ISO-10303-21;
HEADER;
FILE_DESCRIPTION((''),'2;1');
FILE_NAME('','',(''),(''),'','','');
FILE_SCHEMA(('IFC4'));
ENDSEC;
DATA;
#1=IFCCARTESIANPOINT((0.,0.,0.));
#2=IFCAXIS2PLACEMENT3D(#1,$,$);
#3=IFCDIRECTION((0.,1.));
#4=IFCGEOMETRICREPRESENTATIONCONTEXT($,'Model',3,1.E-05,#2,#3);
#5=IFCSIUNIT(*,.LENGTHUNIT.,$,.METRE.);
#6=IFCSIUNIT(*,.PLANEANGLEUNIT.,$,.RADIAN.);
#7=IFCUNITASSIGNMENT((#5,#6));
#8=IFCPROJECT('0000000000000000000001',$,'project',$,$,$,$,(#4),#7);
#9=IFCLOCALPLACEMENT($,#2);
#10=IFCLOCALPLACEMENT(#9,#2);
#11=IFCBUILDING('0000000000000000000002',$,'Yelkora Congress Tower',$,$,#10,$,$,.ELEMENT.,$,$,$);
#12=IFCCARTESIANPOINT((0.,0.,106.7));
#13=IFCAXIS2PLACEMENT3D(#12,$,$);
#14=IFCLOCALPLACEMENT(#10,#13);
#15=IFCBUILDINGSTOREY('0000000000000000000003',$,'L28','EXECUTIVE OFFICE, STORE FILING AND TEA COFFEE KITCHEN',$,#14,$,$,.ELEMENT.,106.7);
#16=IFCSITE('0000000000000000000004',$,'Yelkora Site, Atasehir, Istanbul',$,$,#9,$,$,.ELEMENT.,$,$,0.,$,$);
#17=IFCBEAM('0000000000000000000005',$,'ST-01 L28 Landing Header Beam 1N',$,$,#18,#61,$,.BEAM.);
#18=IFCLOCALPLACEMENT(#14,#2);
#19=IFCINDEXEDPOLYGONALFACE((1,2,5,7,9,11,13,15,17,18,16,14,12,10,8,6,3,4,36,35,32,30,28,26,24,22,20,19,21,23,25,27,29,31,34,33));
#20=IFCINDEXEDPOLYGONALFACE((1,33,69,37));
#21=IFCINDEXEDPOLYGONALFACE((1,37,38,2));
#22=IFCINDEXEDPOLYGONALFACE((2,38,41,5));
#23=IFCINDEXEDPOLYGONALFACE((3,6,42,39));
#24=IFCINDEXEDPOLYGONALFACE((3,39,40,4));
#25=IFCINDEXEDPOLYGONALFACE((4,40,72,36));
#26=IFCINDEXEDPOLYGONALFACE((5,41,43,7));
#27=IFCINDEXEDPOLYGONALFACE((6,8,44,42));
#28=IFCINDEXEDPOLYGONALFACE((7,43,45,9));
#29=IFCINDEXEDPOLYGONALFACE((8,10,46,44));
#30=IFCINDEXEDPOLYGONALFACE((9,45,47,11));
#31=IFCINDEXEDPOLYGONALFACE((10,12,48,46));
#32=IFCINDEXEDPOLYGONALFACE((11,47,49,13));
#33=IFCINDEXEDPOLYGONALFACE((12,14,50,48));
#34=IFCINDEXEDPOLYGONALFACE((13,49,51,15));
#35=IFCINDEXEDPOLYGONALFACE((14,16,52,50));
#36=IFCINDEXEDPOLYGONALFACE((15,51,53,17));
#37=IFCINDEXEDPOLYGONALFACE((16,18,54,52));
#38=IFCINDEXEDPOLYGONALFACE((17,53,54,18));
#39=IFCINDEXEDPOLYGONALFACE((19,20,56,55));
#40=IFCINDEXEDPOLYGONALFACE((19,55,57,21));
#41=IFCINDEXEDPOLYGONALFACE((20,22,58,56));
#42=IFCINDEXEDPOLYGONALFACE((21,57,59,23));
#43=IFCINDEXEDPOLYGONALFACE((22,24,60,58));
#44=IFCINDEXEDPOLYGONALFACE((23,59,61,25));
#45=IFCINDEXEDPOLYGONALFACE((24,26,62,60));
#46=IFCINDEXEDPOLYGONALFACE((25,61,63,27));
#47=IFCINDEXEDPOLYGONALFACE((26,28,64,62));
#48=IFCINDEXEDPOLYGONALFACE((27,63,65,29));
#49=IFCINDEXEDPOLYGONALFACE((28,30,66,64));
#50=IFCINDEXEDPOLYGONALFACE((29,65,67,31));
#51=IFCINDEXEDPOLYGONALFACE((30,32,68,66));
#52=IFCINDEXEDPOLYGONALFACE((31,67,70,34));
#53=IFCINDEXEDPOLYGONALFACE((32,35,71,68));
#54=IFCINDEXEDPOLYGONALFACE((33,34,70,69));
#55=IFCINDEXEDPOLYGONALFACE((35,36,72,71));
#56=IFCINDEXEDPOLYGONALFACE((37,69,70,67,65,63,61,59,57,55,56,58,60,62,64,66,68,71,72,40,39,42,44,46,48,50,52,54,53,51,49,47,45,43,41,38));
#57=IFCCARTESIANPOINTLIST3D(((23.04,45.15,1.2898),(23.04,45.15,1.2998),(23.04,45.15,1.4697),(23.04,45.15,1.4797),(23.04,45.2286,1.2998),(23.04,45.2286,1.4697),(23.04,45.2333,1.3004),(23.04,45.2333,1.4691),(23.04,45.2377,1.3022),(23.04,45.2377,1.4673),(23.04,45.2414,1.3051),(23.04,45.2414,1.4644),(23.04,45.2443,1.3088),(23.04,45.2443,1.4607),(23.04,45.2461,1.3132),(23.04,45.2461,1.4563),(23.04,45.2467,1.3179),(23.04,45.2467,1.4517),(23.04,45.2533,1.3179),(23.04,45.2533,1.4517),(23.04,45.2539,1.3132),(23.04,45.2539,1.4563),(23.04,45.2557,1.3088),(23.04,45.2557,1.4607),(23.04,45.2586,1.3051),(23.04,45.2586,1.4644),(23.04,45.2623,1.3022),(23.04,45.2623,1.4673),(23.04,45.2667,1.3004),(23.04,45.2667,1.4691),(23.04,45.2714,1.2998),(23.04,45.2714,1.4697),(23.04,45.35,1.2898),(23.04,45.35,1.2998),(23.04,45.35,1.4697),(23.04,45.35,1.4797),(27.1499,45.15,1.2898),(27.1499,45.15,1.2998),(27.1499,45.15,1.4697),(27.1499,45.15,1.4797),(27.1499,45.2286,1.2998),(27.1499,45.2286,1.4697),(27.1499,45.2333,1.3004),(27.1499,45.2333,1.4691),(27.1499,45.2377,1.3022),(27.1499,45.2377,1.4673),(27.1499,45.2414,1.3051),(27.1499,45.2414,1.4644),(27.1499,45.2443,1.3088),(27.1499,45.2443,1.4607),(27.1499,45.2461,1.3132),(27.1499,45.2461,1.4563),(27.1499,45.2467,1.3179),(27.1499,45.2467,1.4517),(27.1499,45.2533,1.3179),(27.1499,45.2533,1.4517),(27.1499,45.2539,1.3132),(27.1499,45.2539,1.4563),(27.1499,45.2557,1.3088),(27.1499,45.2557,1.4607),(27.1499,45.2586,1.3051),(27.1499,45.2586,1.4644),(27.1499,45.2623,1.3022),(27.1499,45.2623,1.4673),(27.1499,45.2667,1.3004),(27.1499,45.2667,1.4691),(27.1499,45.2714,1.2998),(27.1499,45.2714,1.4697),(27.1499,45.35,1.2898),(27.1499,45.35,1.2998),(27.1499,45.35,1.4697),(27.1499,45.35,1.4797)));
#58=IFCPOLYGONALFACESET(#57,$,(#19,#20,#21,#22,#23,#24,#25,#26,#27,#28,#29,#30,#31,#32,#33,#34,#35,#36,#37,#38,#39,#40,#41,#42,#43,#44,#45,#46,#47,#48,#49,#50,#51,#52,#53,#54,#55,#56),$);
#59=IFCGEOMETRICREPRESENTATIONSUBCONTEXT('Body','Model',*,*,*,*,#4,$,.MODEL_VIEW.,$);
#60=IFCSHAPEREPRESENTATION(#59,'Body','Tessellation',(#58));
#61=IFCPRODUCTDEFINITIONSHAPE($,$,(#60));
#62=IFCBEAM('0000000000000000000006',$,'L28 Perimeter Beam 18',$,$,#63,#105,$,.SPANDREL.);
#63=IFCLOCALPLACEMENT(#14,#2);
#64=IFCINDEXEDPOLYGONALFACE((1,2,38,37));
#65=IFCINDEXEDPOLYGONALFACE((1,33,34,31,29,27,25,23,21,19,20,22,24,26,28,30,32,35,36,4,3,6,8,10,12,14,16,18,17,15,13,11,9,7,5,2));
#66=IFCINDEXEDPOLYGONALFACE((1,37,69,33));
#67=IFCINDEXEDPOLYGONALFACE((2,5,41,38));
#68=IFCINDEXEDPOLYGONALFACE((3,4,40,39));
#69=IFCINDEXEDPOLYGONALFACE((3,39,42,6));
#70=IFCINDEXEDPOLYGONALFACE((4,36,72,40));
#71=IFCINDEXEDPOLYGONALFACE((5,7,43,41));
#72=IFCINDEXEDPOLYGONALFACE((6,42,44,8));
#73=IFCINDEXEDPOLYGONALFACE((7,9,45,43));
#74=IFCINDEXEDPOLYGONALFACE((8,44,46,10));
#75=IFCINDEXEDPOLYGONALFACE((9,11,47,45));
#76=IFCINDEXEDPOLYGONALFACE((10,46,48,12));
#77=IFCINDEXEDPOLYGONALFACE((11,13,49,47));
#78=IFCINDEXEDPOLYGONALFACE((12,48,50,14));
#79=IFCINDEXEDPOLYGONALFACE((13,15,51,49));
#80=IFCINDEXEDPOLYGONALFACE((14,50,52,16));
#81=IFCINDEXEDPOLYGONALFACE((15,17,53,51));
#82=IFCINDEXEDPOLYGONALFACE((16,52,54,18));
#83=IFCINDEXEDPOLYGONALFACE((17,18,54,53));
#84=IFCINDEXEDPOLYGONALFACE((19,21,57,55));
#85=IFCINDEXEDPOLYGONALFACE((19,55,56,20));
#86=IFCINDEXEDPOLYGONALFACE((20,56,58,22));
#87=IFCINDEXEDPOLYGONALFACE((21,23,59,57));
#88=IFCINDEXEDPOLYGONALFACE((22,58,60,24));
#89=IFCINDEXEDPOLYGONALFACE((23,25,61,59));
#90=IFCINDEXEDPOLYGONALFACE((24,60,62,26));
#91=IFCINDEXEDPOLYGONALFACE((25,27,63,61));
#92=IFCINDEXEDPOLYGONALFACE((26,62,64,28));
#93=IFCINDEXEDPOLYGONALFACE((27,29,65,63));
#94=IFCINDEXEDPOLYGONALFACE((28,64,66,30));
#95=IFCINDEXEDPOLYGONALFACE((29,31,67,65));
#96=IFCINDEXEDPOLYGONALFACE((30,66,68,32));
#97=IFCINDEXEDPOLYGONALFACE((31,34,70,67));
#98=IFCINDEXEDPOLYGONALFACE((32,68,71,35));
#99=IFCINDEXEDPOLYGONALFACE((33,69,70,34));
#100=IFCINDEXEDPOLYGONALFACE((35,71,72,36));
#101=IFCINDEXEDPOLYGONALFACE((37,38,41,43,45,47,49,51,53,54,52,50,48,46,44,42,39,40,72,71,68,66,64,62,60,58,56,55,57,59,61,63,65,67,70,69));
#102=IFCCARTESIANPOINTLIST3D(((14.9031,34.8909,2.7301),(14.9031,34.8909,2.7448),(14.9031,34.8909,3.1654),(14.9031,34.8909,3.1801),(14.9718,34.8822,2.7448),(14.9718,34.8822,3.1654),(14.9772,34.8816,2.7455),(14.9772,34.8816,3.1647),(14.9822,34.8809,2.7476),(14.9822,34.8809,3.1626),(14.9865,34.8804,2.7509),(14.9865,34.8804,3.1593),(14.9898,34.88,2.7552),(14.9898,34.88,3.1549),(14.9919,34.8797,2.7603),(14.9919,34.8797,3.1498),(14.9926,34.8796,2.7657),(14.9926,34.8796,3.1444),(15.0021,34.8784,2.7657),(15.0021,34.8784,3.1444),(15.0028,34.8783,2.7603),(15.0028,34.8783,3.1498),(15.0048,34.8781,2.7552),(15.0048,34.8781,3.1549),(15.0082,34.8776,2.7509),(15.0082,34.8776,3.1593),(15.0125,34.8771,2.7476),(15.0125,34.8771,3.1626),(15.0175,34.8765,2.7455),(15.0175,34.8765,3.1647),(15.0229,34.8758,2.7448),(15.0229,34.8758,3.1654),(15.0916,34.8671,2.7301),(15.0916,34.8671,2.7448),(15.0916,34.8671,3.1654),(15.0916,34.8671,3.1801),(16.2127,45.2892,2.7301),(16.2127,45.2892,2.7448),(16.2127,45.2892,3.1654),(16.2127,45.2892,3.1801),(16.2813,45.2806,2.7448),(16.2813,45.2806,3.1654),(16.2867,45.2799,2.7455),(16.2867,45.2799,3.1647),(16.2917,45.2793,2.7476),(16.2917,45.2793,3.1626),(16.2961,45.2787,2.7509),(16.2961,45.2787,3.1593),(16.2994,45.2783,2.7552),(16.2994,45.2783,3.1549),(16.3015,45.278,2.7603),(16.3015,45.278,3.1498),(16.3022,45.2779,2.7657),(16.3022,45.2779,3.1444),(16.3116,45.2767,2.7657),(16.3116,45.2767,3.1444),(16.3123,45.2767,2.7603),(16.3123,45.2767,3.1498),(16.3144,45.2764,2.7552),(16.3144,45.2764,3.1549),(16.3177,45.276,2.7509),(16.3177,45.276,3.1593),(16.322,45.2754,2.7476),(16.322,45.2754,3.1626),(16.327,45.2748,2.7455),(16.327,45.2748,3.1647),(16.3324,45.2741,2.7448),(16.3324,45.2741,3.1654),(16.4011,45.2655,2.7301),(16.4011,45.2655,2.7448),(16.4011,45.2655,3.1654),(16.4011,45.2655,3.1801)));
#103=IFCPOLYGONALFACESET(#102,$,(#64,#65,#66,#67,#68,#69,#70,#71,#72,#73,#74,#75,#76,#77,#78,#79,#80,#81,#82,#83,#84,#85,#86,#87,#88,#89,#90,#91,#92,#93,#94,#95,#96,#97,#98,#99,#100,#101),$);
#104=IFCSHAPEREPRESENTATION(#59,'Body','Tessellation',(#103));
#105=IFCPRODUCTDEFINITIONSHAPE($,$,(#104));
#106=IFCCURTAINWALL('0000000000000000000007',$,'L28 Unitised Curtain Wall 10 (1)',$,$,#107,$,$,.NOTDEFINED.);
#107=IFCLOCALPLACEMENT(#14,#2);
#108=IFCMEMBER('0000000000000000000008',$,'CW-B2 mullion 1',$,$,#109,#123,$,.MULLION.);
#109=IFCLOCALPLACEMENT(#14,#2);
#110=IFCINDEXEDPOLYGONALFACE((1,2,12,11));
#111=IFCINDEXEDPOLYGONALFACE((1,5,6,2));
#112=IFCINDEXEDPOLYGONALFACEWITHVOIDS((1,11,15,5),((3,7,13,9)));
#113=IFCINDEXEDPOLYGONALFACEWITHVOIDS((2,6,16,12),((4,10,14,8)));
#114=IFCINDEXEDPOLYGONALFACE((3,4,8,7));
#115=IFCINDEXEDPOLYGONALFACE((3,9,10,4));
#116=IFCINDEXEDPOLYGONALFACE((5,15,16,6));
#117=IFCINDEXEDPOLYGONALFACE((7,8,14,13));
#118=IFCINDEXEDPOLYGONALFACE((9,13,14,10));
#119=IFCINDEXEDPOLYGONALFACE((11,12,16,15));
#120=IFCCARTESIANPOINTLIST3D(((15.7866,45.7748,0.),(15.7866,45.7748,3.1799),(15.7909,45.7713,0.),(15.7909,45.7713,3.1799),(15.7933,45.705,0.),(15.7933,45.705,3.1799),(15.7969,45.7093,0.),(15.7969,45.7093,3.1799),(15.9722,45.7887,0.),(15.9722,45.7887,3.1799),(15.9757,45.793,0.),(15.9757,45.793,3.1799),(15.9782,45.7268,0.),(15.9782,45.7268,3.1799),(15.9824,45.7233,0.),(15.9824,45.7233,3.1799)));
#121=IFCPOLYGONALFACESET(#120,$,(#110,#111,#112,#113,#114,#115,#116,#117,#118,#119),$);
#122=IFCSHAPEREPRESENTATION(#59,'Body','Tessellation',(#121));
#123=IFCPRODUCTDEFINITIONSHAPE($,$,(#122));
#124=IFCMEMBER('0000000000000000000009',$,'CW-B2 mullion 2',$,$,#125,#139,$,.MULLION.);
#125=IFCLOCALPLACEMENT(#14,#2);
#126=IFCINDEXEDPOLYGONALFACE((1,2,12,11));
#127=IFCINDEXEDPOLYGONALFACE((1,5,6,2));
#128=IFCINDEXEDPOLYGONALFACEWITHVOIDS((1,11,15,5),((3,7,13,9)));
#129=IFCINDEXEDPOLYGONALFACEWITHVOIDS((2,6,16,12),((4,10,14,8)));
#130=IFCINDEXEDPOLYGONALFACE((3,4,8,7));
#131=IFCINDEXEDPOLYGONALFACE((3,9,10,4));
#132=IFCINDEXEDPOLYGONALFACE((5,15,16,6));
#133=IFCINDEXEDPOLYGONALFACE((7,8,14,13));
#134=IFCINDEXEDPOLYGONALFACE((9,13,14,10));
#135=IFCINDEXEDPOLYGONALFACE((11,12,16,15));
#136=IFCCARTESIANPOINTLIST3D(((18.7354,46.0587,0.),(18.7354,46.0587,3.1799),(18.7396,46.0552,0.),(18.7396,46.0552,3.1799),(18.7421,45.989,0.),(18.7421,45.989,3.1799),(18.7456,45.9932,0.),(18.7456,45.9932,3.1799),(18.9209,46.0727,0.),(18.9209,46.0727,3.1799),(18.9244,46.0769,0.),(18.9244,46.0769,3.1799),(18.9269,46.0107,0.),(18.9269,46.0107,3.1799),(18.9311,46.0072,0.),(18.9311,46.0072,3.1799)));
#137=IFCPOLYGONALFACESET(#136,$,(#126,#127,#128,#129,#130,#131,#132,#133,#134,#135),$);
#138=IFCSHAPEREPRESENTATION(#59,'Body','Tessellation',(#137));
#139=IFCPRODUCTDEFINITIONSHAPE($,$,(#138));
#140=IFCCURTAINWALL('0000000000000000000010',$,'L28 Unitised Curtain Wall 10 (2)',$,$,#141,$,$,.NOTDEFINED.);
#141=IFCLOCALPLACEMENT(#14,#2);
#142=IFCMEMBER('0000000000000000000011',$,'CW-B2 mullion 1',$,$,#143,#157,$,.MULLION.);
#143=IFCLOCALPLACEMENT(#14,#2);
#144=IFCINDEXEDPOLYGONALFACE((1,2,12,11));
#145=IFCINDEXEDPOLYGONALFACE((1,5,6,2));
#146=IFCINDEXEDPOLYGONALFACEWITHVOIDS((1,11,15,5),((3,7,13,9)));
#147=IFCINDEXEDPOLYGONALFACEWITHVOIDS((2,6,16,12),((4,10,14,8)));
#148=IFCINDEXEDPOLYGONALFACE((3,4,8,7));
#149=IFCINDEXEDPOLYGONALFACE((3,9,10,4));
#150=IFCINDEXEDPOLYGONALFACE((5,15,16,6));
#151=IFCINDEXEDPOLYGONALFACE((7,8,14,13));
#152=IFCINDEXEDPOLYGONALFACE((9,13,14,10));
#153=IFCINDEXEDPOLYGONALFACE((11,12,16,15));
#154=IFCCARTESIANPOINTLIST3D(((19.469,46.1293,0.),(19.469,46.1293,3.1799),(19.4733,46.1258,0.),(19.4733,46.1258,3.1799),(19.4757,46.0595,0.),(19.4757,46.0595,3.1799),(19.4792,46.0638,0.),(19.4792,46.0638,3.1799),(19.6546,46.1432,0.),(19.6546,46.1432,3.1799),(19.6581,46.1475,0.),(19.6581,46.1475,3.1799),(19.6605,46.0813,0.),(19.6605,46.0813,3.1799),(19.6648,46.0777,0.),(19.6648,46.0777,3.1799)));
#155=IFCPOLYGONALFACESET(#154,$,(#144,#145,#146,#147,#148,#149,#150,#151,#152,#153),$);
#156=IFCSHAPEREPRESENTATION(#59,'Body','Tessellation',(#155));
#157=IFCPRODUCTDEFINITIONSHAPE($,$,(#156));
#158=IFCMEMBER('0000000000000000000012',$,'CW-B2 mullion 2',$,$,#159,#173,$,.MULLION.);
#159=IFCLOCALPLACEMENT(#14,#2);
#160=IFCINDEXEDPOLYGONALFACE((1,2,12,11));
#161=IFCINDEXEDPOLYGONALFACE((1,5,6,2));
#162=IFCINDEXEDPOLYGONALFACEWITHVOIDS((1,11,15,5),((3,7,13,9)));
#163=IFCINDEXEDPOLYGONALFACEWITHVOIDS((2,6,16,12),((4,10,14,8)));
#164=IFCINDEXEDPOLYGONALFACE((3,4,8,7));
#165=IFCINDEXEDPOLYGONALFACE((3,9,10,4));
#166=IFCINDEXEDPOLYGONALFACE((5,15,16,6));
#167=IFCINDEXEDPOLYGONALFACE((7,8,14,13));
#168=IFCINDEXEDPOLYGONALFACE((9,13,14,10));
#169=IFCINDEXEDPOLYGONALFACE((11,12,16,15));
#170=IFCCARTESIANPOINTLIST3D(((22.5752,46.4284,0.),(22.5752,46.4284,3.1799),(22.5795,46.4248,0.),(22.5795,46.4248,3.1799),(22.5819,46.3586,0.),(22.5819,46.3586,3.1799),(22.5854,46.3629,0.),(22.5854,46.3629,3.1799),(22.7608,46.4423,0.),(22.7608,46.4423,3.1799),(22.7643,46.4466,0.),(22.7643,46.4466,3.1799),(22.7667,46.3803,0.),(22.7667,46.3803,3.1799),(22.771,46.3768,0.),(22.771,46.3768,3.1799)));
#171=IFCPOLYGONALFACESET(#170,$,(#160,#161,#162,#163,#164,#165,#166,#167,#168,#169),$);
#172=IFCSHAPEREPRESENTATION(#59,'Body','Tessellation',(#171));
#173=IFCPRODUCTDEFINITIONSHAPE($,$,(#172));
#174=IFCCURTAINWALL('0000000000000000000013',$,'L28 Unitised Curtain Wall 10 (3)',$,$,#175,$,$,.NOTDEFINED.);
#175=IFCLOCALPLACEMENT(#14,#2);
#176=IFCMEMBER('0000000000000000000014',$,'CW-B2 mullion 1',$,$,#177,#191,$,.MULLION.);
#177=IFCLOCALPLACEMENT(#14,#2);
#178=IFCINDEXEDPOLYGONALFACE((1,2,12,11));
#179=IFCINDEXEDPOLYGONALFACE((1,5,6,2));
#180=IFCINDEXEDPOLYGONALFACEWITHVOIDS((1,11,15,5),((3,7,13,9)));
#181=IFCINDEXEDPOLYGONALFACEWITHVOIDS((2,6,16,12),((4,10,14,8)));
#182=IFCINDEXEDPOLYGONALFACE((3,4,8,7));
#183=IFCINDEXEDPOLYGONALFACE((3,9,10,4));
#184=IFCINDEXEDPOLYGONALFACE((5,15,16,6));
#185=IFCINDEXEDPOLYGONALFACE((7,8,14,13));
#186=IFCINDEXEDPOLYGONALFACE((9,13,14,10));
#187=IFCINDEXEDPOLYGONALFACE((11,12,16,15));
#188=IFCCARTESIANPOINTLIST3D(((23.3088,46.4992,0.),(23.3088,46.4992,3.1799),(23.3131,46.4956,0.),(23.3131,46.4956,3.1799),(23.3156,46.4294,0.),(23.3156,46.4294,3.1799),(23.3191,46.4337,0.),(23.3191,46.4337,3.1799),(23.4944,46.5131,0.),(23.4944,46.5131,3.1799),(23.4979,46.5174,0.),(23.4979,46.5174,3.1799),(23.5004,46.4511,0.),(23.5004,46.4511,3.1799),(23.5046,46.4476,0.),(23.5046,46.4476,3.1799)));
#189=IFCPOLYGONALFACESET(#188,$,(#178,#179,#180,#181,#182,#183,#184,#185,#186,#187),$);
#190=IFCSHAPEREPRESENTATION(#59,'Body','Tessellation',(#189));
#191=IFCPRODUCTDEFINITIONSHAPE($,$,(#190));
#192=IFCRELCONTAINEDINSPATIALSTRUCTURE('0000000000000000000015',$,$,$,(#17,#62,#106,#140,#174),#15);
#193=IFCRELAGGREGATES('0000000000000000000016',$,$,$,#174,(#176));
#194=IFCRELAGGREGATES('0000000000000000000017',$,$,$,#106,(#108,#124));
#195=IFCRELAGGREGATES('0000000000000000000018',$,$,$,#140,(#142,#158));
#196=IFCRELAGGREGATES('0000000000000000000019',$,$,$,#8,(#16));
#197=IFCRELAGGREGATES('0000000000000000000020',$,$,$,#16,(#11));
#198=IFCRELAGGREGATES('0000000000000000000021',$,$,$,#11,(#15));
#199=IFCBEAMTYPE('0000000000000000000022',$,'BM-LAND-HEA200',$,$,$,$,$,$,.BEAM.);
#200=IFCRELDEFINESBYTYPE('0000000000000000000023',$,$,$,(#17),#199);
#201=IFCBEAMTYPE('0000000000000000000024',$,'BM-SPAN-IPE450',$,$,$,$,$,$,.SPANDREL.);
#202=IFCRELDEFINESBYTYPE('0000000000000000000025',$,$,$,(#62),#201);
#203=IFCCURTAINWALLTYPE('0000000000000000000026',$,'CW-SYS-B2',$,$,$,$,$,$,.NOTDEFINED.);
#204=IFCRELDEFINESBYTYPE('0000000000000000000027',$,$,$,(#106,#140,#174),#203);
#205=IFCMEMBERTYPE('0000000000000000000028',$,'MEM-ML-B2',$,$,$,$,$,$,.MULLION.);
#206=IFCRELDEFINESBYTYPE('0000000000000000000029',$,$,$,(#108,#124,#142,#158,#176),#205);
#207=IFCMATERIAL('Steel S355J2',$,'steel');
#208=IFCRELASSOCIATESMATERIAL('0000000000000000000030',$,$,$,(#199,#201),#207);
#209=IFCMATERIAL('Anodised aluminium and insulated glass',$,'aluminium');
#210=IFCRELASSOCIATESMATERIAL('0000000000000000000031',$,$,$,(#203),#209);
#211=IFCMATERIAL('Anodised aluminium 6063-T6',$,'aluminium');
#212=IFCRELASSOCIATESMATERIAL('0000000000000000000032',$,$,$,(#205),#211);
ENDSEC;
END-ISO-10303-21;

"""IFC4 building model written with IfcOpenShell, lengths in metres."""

from ifc_helpers import new_model, si_unit, direction, frame, origin, origin_2d, place, context, subcontext, project, spatial, hollow_rectangle, i_section, extrude, material, material_profile, profile_set, type_object, element, aggregate, save


model = new_model("IFC4")

# Units and contexts
model_context = context("Model", 3, precision=1e-05, world=origin(), true_north=direction((0.0, 1.0)))
body_context = subcontext(model_context, "Body", "Model", "MODEL_VIEW")
ifc_project = project(units=[si_unit("LENGTHUNIT", "METRE"), si_unit("PLANEANGLEUNIT", "RADIAN")], contexts=[model_context])

# Site, building, storey
site_placement = place(None, origin())
site = spatial("IfcSite", under=ifc_project, at=site_placement, Name="Yelkora Site, Atasehir, Istanbul", CompositionType="ELEMENT", RefElevation=0.0)
building_placement = place(site_placement, origin())
building = spatial("IfcBuilding", under=site, at=building_placement, Name="Yelkora Congress Tower", CompositionType="ELEMENT")
storey_placement = place(building_placement, frame((0.0, 0.0, 106.7)))
storey = spatial("IfcBuildingStorey", under=building, at=storey_placement, Name="L28", Description="EXECUTIVE OFFICE, STORE FILING AND TEA COFFEE KITCHEN", CompositionType="ELEMENT", Elevation=106.7)

# Beams
ifc_material_1 = material(Name="Steel S355J2", Category="steel")
ifc_material_profile_1 = material_profile(ifc_material_1, i_section(OverallWidth=0.2, OverallDepth=0.1899, WebThickness=0.0066, FlangeThickness=0.01, FilletRadius=0.0181, at=origin_2d()), Name="HEA 200")
ifc_profile_set_1 = profile_set([ifc_material_profile_1], Name="Steel S355J2")
beam_type_1 = type_object("IfcBeamType", Name="BM-LAND-HEA200", PredefinedType="BEAM", material=ifc_profile_set_1)
beam_1_placement = place(storey_placement, frame((23.04, 45.25, 1.3848), z_axis=(1.0, 0.0, 0.0), x_axis=(0.0, 1.0, 0.0)))
element("IfcBeam", 1, at=beam_1_placement, inside=storey, type_object=beam_type_1, Name="ST-01 L28 Landing Header Beam 1N", PredefinedType="BEAM", context=body_context, shape_type="SweptSolid", body=[
    extrude(i_section(OverallWidth=0.2, OverallDepth=0.1899, WebThickness=0.0066, FlangeThickness=0.01, FilletRadius=0.0181, at=origin_2d()), origin(), (0.0, 0.0, 1.0), 4.1099),
])
ifc_material_profile_2 = material_profile(ifc_material_1, i_section(OverallWidth=0.1899, OverallDepth=0.45, WebThickness=0.0095, FlangeThickness=0.0146, FilletRadius=0.021, at=origin_2d()), Name="IPE 450")
ifc_profile_set_2 = profile_set([ifc_material_profile_2], Name="Steel S355J2")
beam_type_2 = type_object("IfcBeamType", Name="BM-SPAN-IPE450", PredefinedType="SPANDREL", material=ifc_profile_set_2)
beam_2_placement = place(storey_placement, frame((16.3069, 45.2773, 2.9551), z_axis=(-0.124952, -0.992163, 0.0), x_axis=(0.992163, -0.124952, 0.0)))
element("IfcBeam", 2, at=beam_2_placement, inside=storey, type_object=beam_type_2, Name="L28 Perimeter Beam 18", PredefinedType="SPANDREL", context=body_context, shape_type="SweptSolid", body=[
    extrude(i_section(OverallWidth=0.1899, OverallDepth=0.45, WebThickness=0.0095, FlangeThickness=0.0146, FilletRadius=0.021, at=origin_2d()), origin(), (0.0, 0.0, 1.0), 10.4805),
])

# Curtain walls, members
ifc_material_2 = material(Name="Anodised aluminium and insulated glass", Category="aluminium")
curtain_wall_type = type_object("IfcCurtainWallType", Name="CW-SYS-B2", PredefinedType="NOTDEFINED", material=ifc_material_2)
curtain_wall_1_placement = place(storey_placement, origin())
curtain_wall_1 = element("IfcCurtainWall", 3, at=curtain_wall_1_placement, inside=storey, type_object=curtain_wall_type, Name="L28 Unitised Curtain Wall 10 (1)", PredefinedType="NOTDEFINED")
ifc_material_3 = material(Name="Anodised aluminium 6063-T6", Category="aluminium")
ifc_material_profile_3 = material_profile(ifc_material_3, hollow_rectangle(XDim=0.0701, YDim=0.1899, WallThickness=0.0039, at=origin_2d()), Name="ALU 70x190x4")
ifc_profile_set_3 = profile_set([ifc_material_profile_3], Name="Anodised aluminium 6063-T6")
member_type_1 = type_object("IfcMemberType", Name="MEM-ML-B2", PredefinedType="MULLION", material=ifc_profile_set_3)
member_1_placement = place(storey_placement, frame((15.8845, 45.749, 0.0), z_axis=(0.0, 0.0, 1.0), x_axis=(-0.095839, 0.995397, 0.0)))
member_1 = element("IfcMember", 4, at=member_1_placement, type_object=member_type_1, Name="CW-B2 mullion 1", PredefinedType="MULLION", context=body_context, shape_type="SweptSolid", body=[
    extrude(hollow_rectangle(XDim=0.0701, YDim=0.1899, WallThickness=0.0039, at=origin_2d()), origin(), (0.0, 0.0, 1.0), 3.1799),
])
member_2_placement = place(storey_placement, frame((18.8333, 46.033, 0.0), z_axis=(0.0, 0.0, 1.0), x_axis=(-0.095839, 0.995397, 0.0)))
member_2 = element("IfcMember", 5, at=member_2_placement, type_object=member_type_1, Name="CW-B2 mullion 2", PredefinedType="MULLION", context=body_context, shape_type="SweptSolid", body=[
    extrude(hollow_rectangle(XDim=0.0701, YDim=0.1899, WallThickness=0.0039, at=origin_2d()), origin(), (0.0, 0.0, 1.0), 3.1799),
])
curtain_wall_2_placement = place(storey_placement, origin())
curtain_wall_2 = element("IfcCurtainWall", 6, at=curtain_wall_2_placement, inside=storey, type_object=curtain_wall_type, Name="L28 Unitised Curtain Wall 10 (2)", PredefinedType="NOTDEFINED")
member_3_placement = place(storey_placement, frame((19.5669, 46.1035, 0.0), z_axis=(0.0, 0.0, 1.0), x_axis=(-0.095841, 0.995397, 0.0)))
member_3 = element("IfcMember", 7, at=member_3_placement, type_object=member_type_1, Name="CW-B2 mullion 1", PredefinedType="MULLION", context=body_context, shape_type="SweptSolid", body=[
    extrude(hollow_rectangle(XDim=0.0701, YDim=0.1899, WallThickness=0.0039, at=origin_2d()), origin(), (0.0, 0.0, 1.0), 3.1799),
])
member_4_placement = place(storey_placement, frame((22.6731, 46.4026, 0.0), z_axis=(0.0, 0.0, 1.0), x_axis=(-0.095841, 0.995397, 0.0)))
member_4 = element("IfcMember", 8, at=member_4_placement, type_object=member_type_1, Name="CW-B2 mullion 2", PredefinedType="MULLION", context=body_context, shape_type="SweptSolid", body=[
    extrude(hollow_rectangle(XDim=0.0701, YDim=0.1899, WallThickness=0.0039, at=origin_2d()), origin(), (0.0, 0.0, 1.0), 3.1799),
])

# Curtain wall, member
curtain_wall_3_placement = place(storey_placement, origin())
curtain_wall_3 = element("IfcCurtainWall", 9, at=curtain_wall_3_placement, inside=storey, type_object=curtain_wall_type, Name="L28 Unitised Curtain Wall 10 (3)", PredefinedType="NOTDEFINED")
member_5_placement = place(storey_placement, frame((23.4067, 46.4734, 0.0), z_axis=(0.0, 0.0, 1.0), x_axis=(-0.095844, 0.995396, 0.0)))
member_5 = element("IfcMember", 10, at=member_5_placement, type_object=member_type_1, Name="CW-B2 mullion 1", PredefinedType="MULLION", context=body_context, shape_type="SweptSolid", body=[
    extrude(hollow_rectangle(XDim=0.0701, YDim=0.1899, WallThickness=0.0039, at=origin_2d()), origin(), (0.0, 0.0, 1.0), 3.1799),
])

aggregate(curtain_wall_3, [member_5])

aggregate(curtain_wall_1, [member_1, member_2])
aggregate(curtain_wall_2, [member_3, member_4])

save(model, "model.ifc")
